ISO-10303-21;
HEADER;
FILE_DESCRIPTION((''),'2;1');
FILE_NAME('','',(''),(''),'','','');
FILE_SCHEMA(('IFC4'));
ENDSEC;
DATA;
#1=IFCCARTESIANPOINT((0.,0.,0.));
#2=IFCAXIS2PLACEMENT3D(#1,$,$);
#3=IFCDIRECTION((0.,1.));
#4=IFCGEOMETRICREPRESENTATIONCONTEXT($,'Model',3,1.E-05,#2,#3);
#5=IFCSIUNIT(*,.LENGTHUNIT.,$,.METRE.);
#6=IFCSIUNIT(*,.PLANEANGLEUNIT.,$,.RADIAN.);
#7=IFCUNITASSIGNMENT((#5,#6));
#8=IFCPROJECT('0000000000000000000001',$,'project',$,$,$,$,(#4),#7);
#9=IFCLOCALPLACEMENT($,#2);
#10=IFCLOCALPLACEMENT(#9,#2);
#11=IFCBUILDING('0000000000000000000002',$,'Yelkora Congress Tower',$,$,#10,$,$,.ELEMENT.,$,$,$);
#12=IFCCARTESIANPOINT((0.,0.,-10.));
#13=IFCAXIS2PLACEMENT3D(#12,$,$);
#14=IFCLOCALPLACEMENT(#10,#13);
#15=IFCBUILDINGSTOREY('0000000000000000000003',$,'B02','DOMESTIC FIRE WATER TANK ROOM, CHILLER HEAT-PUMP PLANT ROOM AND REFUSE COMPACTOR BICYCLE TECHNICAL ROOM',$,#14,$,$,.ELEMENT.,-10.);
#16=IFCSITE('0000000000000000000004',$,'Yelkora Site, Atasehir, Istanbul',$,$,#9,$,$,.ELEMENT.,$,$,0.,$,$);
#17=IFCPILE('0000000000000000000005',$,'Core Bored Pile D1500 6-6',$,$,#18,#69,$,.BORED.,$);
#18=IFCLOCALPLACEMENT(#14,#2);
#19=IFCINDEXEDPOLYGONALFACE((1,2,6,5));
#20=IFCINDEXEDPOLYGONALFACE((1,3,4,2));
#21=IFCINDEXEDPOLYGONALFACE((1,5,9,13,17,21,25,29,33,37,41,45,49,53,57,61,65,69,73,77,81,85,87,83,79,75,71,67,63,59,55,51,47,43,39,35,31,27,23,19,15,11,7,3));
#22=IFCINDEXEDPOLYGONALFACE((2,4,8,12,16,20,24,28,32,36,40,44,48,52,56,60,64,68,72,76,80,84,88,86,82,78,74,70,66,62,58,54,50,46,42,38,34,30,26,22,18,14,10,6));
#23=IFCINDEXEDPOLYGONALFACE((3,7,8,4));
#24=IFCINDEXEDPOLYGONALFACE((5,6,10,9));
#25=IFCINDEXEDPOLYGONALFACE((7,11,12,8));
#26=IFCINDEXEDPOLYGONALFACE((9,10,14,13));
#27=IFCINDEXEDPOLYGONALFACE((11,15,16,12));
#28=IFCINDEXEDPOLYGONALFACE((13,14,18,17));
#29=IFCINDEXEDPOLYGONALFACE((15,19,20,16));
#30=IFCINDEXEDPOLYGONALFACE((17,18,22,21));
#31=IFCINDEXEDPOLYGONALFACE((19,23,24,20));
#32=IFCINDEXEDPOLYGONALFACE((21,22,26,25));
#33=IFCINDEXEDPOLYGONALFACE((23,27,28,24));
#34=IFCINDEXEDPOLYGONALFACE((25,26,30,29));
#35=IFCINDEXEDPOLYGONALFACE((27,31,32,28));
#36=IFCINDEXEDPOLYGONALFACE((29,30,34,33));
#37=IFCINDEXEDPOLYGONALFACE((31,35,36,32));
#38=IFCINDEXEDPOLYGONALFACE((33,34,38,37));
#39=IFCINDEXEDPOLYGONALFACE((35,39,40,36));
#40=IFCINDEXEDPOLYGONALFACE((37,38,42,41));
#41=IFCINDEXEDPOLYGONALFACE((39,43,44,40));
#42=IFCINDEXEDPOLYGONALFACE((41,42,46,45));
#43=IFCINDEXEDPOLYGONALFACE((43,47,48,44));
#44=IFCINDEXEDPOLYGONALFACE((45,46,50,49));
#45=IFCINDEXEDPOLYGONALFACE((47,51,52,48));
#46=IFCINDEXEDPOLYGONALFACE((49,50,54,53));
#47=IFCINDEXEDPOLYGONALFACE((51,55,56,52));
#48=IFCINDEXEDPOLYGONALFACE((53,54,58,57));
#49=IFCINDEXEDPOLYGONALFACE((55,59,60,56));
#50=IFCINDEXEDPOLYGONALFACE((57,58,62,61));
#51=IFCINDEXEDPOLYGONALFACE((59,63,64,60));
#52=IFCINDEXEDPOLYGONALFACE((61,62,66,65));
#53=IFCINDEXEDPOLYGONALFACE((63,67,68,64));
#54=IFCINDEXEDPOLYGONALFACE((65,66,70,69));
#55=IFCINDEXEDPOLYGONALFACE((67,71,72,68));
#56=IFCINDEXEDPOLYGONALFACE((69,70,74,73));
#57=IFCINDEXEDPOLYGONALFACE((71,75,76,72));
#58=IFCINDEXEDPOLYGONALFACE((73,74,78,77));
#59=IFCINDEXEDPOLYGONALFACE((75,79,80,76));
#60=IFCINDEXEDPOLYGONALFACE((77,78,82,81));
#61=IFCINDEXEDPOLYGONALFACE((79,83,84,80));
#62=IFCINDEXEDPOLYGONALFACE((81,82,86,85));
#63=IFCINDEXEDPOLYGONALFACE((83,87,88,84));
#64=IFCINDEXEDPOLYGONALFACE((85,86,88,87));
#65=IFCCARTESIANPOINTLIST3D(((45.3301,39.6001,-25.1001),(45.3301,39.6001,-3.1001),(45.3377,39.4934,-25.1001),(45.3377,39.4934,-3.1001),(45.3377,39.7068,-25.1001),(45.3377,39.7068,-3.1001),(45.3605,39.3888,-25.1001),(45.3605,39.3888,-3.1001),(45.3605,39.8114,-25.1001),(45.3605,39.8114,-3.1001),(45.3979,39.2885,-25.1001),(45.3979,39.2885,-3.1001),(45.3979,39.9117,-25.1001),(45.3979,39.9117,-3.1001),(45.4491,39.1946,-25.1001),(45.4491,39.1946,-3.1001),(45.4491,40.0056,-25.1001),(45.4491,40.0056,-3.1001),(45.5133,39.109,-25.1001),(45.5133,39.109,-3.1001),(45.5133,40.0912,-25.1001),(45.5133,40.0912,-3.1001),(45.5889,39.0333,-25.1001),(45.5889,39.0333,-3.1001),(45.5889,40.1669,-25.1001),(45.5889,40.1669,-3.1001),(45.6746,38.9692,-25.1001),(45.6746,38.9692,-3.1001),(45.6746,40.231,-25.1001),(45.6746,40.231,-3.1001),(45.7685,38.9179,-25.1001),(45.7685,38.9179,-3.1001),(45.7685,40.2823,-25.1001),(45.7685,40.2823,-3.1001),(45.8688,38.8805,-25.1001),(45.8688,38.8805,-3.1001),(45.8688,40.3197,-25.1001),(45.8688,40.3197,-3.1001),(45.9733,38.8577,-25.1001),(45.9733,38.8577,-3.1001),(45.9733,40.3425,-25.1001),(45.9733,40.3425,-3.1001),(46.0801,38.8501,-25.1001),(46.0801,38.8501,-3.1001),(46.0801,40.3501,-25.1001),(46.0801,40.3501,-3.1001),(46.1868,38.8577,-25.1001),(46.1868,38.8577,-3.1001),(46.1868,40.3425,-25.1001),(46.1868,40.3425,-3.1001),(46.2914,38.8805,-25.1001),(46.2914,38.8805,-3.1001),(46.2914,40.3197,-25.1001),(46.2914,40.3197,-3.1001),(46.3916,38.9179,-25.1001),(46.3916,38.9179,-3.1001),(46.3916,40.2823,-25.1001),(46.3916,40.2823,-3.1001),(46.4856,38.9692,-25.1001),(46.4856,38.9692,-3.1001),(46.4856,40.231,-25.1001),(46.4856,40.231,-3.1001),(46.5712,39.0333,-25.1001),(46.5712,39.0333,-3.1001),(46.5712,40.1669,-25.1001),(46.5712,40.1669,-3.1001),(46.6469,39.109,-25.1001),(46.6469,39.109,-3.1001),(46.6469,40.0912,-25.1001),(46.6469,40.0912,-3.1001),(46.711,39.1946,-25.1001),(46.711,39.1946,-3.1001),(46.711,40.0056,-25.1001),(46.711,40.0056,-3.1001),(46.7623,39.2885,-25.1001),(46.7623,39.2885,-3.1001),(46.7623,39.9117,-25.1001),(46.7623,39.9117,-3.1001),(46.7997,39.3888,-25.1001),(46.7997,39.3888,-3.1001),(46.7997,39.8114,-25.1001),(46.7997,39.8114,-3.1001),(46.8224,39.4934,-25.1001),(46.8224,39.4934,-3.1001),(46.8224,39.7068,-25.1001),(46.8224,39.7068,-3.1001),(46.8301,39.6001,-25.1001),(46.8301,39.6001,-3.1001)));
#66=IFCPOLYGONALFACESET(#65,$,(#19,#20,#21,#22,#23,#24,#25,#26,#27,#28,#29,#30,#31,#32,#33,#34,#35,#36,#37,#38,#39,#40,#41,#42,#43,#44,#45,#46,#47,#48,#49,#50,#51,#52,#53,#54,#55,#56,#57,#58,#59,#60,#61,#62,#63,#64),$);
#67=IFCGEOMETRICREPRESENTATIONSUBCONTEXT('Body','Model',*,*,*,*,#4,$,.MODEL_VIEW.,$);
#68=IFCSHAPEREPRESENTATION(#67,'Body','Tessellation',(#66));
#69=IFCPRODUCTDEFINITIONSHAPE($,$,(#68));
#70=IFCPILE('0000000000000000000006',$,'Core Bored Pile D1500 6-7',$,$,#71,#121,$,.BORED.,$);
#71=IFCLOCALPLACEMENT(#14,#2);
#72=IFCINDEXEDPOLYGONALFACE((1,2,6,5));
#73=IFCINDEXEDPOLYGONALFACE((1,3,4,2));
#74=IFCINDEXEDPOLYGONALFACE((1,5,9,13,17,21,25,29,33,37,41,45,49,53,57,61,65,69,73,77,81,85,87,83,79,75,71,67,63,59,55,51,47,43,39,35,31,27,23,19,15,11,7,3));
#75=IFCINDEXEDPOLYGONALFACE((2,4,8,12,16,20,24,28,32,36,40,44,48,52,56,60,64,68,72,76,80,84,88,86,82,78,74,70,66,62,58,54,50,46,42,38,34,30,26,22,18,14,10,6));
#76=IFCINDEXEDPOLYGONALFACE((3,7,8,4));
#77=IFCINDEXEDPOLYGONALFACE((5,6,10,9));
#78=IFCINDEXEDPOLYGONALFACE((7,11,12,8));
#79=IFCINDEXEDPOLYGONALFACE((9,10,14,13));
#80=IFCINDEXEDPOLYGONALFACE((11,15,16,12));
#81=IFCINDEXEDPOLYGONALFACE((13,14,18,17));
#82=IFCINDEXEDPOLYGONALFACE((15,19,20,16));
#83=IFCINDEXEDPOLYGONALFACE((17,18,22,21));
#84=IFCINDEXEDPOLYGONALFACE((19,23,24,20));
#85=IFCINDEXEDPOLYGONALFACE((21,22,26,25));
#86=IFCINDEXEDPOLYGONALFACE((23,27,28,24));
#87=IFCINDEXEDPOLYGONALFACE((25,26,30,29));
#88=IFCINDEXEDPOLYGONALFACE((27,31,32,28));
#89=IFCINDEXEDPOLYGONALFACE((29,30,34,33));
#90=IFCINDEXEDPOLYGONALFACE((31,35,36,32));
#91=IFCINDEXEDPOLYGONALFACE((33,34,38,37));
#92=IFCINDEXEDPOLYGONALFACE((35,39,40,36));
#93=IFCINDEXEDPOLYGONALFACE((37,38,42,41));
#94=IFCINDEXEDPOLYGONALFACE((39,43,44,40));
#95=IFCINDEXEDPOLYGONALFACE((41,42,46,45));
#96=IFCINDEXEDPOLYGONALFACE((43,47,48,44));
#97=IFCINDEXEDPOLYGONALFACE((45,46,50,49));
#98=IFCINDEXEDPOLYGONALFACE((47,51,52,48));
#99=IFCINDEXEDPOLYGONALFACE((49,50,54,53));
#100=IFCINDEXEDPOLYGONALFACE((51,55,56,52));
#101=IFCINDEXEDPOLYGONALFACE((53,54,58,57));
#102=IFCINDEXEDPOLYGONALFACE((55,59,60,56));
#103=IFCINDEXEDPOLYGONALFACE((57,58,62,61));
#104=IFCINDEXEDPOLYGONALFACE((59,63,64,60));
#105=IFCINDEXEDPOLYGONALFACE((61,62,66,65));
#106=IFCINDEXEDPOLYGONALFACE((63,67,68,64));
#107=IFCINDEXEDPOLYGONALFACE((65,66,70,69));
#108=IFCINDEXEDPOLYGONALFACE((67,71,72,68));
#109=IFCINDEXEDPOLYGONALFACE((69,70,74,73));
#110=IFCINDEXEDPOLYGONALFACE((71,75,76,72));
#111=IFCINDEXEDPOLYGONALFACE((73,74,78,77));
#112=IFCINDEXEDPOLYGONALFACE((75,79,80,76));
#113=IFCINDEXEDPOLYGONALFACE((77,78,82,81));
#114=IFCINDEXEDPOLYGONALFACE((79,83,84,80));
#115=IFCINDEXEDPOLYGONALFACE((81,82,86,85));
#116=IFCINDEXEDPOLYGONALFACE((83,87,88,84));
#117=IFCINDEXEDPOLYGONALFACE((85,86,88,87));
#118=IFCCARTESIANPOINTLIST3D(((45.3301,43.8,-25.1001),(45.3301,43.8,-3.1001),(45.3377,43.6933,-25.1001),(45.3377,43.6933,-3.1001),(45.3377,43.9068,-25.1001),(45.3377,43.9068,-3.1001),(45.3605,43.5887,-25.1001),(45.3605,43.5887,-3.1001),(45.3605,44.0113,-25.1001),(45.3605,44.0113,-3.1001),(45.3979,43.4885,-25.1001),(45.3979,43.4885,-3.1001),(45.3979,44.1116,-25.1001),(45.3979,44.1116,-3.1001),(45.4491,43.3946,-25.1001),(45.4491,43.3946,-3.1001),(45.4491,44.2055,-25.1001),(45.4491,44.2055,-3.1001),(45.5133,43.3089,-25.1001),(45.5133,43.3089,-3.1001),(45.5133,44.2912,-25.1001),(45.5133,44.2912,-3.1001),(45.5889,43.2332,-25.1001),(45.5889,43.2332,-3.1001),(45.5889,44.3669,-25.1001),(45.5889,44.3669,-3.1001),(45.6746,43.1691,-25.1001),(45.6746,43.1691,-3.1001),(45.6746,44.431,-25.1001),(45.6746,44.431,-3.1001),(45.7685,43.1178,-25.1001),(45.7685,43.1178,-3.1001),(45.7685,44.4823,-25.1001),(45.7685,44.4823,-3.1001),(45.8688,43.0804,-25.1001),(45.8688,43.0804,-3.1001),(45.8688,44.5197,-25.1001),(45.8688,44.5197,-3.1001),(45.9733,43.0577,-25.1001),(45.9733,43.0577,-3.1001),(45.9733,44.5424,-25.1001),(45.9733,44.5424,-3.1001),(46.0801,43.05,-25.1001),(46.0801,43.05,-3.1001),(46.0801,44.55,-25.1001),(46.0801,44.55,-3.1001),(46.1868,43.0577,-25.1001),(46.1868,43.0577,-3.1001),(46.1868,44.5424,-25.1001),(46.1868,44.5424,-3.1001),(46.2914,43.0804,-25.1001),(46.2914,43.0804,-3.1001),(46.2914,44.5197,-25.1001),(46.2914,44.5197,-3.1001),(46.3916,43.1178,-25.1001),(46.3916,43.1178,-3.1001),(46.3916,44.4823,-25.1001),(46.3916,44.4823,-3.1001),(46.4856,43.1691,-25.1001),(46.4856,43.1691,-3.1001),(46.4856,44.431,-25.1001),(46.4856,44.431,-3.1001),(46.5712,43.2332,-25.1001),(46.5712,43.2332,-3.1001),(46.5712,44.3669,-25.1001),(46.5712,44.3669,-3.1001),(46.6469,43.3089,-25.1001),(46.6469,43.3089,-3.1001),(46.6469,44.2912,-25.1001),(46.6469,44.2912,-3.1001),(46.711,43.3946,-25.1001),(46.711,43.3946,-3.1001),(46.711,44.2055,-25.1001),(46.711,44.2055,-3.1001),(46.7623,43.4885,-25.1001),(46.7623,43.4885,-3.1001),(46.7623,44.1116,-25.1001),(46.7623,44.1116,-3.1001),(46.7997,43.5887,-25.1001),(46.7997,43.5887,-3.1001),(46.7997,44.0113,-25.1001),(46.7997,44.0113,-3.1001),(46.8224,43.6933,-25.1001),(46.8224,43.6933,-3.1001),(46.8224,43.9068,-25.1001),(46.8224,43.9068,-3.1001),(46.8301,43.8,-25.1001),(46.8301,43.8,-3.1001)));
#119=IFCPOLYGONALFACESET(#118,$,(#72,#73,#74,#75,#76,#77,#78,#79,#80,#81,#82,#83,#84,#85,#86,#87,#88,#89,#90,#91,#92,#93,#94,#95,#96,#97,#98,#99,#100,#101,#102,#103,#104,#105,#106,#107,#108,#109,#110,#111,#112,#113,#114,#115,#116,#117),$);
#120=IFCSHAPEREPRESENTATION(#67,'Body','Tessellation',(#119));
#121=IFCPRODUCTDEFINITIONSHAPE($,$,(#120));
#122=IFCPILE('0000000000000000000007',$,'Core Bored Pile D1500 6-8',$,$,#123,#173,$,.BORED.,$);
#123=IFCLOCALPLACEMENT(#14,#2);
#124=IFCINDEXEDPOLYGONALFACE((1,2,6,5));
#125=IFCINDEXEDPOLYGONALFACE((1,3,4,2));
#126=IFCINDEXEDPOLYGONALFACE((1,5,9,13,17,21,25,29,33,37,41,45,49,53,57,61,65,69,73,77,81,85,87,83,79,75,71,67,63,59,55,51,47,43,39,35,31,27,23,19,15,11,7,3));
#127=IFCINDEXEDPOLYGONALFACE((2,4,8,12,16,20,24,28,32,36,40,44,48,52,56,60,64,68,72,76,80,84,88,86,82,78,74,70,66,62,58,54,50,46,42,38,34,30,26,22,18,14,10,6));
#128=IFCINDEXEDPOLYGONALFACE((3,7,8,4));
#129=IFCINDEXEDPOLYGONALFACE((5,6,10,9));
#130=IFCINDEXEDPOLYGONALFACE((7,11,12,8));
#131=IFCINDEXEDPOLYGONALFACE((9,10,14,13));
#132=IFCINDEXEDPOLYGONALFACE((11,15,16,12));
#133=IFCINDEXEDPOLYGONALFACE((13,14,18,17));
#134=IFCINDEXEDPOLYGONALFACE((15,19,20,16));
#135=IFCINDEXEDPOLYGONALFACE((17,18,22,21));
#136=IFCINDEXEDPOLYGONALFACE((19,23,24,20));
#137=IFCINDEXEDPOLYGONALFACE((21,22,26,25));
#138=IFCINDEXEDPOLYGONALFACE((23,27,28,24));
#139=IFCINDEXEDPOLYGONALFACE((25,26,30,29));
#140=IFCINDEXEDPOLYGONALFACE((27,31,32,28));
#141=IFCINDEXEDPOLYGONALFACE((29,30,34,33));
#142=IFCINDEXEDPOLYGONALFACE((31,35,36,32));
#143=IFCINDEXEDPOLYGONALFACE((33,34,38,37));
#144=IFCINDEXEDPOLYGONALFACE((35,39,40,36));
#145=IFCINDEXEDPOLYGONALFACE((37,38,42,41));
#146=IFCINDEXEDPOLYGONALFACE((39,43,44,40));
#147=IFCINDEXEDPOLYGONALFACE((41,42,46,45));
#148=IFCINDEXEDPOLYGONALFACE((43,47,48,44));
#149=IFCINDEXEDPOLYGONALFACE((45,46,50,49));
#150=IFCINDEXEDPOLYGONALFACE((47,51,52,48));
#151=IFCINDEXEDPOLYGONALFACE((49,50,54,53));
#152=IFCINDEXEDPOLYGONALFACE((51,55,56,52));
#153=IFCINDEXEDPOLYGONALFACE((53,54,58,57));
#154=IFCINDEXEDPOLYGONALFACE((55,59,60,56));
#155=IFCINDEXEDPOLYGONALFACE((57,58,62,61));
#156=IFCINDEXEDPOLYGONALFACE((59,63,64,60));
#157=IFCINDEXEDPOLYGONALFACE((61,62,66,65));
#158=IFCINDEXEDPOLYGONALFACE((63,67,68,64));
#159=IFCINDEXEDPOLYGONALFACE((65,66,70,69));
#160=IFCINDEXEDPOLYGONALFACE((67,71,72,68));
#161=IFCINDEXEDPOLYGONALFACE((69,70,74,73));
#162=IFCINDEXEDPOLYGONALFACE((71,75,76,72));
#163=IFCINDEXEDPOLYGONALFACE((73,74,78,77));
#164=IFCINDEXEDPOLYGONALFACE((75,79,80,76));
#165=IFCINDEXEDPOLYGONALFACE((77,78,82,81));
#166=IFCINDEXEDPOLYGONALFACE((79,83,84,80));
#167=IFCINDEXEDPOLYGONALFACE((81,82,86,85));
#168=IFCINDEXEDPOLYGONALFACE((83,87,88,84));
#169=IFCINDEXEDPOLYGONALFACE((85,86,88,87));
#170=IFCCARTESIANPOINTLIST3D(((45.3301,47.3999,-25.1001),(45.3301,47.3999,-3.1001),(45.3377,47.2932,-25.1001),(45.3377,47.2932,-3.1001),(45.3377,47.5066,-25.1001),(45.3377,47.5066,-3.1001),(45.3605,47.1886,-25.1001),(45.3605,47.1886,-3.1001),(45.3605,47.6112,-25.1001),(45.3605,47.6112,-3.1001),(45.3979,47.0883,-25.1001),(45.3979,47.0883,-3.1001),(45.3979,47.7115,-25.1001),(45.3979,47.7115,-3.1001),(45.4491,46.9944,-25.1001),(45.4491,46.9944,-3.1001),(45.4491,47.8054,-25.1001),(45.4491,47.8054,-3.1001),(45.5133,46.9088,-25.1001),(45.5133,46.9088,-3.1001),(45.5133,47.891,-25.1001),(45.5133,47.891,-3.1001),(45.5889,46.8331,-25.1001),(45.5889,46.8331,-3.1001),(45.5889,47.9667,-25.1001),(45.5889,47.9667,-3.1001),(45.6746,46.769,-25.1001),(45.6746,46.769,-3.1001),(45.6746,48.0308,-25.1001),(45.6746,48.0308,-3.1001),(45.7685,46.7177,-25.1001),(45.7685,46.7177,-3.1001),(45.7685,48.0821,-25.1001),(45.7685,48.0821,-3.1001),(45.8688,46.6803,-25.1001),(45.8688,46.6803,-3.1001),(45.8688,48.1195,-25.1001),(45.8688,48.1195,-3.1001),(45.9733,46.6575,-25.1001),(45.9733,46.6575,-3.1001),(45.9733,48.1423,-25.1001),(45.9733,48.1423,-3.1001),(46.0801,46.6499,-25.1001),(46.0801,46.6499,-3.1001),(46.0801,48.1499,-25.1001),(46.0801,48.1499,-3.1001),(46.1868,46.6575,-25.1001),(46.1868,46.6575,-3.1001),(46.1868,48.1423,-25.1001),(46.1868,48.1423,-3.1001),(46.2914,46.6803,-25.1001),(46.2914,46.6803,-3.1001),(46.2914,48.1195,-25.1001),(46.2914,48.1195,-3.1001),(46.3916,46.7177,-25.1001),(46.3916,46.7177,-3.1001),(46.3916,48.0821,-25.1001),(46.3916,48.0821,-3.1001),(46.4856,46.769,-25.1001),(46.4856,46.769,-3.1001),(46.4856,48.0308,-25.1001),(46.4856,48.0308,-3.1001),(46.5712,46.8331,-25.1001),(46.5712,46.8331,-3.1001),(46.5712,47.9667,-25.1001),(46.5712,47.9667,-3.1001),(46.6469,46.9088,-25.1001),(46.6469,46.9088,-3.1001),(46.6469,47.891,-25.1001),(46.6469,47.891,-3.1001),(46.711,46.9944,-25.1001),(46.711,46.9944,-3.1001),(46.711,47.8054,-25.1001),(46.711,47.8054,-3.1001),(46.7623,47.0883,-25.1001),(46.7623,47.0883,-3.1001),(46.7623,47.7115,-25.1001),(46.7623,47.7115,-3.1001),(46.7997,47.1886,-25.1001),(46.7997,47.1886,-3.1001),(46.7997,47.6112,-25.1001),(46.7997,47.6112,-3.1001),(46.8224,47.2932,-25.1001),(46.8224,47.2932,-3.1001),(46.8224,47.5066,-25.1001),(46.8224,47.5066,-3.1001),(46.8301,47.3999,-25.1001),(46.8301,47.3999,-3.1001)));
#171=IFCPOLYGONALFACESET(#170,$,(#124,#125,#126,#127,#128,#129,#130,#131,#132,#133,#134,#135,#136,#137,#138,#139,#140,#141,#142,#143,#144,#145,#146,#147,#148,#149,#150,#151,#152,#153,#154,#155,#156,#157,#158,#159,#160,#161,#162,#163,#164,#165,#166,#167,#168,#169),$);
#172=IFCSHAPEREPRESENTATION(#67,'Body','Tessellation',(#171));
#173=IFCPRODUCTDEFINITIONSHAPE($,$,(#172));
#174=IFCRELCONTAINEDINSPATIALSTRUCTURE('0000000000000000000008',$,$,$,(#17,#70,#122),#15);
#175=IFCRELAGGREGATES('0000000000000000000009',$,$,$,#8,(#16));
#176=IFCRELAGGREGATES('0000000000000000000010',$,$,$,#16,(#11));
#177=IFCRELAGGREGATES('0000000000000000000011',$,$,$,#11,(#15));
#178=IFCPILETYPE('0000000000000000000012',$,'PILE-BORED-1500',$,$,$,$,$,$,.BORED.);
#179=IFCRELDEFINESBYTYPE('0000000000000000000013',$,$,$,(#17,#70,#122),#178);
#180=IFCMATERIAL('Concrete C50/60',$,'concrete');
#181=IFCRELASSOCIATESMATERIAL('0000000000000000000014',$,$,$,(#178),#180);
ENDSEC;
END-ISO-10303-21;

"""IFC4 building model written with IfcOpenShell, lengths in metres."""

from ifc_helpers import new_model, si_unit, direction, frame, origin, origin_2d, place, context, subcontext, project, spatial, circle, extrude, material, material_profile, profile_set, type_object, element, save


model = new_model("IFC4")

# Units and contexts
model_context = context("Model", 3, precision=1e-05, world=origin(), true_north=direction((0.0, 1.0)))
body_context = subcontext(model_context, "Body", "Model", "MODEL_VIEW")
ifc_project = project(units=[si_unit("LENGTHUNIT", "METRE"), si_unit("PLANEANGLEUNIT", "RADIAN")], contexts=[model_context])

# Site, building, storey
site_placement = place(None, origin())
site = spatial("IfcSite", under=ifc_project, at=site_placement, Name="Yelkora Site, Atasehir, Istanbul", CompositionType="ELEMENT", RefElevation=0.0)
building_placement = place(site_placement, origin())
building = spatial("IfcBuilding", under=site, at=building_placement, Name="Yelkora Congress Tower", CompositionType="ELEMENT")
storey_placement = place(building_placement, frame((0.0, 0.0, -10.0)))
storey = spatial("IfcBuildingStorey", under=building, at=storey_placement, Name="B02", Description="DOMESTIC FIRE WATER TANK ROOM, CHILLER HEAT-PUMP PLANT ROOM AND REFUSE COMPACTOR BICYCLE TECHNICAL ROOM", CompositionType="ELEMENT", Elevation=-10.0)

# Piles
ifc_material_1 = material(Name="Concrete C50/60", Category="concrete")
ifc_material_profile_1 = material_profile(ifc_material_1, circle(Radius=0.75, at=origin_2d()), Name="PILE D1500")
ifc_profile_set_1 = profile_set([ifc_material_profile_1], Name="Concrete C50/60")
pile_type = type_object("IfcPileType", Name="PILE-BORED-1500", PredefinedType="BORED", material=ifc_profile_set_1)
for number, where, z_axis, x_axis, name in (
    (1, (46.0801, 39.6001, -3.1001), (0.0, 0.0, -1.0), (1.0, 0.0, 0.0), "Core Bored Pile D1500 6-6"),
    (2, (46.0801, 43.8, -3.1001), (0.0, 0.0, -1.0), (1.0, 0.0, 0.0), "Core Bored Pile D1500 6-7"),
    (3, (46.0801, 47.3999, -3.1001), (0.0, 0.0, -1.0), (1.0, 0.0, 0.0), "Core Bored Pile D1500 6-8"),
):
    element("IfcPile", number, at=place(storey_placement, frame(where, z_axis=z_axis, x_axis=x_axis)), inside=storey, type_object=pile_type, Name=name, PredefinedType="BORED", context=body_context, shape_type="SweptSolid", body=[
        extrude(circle(Radius=0.75, at=origin_2d()), origin(), (0.0, 0.0, 1.0), 22.0),
    ])

save(model, "model.ifc")
